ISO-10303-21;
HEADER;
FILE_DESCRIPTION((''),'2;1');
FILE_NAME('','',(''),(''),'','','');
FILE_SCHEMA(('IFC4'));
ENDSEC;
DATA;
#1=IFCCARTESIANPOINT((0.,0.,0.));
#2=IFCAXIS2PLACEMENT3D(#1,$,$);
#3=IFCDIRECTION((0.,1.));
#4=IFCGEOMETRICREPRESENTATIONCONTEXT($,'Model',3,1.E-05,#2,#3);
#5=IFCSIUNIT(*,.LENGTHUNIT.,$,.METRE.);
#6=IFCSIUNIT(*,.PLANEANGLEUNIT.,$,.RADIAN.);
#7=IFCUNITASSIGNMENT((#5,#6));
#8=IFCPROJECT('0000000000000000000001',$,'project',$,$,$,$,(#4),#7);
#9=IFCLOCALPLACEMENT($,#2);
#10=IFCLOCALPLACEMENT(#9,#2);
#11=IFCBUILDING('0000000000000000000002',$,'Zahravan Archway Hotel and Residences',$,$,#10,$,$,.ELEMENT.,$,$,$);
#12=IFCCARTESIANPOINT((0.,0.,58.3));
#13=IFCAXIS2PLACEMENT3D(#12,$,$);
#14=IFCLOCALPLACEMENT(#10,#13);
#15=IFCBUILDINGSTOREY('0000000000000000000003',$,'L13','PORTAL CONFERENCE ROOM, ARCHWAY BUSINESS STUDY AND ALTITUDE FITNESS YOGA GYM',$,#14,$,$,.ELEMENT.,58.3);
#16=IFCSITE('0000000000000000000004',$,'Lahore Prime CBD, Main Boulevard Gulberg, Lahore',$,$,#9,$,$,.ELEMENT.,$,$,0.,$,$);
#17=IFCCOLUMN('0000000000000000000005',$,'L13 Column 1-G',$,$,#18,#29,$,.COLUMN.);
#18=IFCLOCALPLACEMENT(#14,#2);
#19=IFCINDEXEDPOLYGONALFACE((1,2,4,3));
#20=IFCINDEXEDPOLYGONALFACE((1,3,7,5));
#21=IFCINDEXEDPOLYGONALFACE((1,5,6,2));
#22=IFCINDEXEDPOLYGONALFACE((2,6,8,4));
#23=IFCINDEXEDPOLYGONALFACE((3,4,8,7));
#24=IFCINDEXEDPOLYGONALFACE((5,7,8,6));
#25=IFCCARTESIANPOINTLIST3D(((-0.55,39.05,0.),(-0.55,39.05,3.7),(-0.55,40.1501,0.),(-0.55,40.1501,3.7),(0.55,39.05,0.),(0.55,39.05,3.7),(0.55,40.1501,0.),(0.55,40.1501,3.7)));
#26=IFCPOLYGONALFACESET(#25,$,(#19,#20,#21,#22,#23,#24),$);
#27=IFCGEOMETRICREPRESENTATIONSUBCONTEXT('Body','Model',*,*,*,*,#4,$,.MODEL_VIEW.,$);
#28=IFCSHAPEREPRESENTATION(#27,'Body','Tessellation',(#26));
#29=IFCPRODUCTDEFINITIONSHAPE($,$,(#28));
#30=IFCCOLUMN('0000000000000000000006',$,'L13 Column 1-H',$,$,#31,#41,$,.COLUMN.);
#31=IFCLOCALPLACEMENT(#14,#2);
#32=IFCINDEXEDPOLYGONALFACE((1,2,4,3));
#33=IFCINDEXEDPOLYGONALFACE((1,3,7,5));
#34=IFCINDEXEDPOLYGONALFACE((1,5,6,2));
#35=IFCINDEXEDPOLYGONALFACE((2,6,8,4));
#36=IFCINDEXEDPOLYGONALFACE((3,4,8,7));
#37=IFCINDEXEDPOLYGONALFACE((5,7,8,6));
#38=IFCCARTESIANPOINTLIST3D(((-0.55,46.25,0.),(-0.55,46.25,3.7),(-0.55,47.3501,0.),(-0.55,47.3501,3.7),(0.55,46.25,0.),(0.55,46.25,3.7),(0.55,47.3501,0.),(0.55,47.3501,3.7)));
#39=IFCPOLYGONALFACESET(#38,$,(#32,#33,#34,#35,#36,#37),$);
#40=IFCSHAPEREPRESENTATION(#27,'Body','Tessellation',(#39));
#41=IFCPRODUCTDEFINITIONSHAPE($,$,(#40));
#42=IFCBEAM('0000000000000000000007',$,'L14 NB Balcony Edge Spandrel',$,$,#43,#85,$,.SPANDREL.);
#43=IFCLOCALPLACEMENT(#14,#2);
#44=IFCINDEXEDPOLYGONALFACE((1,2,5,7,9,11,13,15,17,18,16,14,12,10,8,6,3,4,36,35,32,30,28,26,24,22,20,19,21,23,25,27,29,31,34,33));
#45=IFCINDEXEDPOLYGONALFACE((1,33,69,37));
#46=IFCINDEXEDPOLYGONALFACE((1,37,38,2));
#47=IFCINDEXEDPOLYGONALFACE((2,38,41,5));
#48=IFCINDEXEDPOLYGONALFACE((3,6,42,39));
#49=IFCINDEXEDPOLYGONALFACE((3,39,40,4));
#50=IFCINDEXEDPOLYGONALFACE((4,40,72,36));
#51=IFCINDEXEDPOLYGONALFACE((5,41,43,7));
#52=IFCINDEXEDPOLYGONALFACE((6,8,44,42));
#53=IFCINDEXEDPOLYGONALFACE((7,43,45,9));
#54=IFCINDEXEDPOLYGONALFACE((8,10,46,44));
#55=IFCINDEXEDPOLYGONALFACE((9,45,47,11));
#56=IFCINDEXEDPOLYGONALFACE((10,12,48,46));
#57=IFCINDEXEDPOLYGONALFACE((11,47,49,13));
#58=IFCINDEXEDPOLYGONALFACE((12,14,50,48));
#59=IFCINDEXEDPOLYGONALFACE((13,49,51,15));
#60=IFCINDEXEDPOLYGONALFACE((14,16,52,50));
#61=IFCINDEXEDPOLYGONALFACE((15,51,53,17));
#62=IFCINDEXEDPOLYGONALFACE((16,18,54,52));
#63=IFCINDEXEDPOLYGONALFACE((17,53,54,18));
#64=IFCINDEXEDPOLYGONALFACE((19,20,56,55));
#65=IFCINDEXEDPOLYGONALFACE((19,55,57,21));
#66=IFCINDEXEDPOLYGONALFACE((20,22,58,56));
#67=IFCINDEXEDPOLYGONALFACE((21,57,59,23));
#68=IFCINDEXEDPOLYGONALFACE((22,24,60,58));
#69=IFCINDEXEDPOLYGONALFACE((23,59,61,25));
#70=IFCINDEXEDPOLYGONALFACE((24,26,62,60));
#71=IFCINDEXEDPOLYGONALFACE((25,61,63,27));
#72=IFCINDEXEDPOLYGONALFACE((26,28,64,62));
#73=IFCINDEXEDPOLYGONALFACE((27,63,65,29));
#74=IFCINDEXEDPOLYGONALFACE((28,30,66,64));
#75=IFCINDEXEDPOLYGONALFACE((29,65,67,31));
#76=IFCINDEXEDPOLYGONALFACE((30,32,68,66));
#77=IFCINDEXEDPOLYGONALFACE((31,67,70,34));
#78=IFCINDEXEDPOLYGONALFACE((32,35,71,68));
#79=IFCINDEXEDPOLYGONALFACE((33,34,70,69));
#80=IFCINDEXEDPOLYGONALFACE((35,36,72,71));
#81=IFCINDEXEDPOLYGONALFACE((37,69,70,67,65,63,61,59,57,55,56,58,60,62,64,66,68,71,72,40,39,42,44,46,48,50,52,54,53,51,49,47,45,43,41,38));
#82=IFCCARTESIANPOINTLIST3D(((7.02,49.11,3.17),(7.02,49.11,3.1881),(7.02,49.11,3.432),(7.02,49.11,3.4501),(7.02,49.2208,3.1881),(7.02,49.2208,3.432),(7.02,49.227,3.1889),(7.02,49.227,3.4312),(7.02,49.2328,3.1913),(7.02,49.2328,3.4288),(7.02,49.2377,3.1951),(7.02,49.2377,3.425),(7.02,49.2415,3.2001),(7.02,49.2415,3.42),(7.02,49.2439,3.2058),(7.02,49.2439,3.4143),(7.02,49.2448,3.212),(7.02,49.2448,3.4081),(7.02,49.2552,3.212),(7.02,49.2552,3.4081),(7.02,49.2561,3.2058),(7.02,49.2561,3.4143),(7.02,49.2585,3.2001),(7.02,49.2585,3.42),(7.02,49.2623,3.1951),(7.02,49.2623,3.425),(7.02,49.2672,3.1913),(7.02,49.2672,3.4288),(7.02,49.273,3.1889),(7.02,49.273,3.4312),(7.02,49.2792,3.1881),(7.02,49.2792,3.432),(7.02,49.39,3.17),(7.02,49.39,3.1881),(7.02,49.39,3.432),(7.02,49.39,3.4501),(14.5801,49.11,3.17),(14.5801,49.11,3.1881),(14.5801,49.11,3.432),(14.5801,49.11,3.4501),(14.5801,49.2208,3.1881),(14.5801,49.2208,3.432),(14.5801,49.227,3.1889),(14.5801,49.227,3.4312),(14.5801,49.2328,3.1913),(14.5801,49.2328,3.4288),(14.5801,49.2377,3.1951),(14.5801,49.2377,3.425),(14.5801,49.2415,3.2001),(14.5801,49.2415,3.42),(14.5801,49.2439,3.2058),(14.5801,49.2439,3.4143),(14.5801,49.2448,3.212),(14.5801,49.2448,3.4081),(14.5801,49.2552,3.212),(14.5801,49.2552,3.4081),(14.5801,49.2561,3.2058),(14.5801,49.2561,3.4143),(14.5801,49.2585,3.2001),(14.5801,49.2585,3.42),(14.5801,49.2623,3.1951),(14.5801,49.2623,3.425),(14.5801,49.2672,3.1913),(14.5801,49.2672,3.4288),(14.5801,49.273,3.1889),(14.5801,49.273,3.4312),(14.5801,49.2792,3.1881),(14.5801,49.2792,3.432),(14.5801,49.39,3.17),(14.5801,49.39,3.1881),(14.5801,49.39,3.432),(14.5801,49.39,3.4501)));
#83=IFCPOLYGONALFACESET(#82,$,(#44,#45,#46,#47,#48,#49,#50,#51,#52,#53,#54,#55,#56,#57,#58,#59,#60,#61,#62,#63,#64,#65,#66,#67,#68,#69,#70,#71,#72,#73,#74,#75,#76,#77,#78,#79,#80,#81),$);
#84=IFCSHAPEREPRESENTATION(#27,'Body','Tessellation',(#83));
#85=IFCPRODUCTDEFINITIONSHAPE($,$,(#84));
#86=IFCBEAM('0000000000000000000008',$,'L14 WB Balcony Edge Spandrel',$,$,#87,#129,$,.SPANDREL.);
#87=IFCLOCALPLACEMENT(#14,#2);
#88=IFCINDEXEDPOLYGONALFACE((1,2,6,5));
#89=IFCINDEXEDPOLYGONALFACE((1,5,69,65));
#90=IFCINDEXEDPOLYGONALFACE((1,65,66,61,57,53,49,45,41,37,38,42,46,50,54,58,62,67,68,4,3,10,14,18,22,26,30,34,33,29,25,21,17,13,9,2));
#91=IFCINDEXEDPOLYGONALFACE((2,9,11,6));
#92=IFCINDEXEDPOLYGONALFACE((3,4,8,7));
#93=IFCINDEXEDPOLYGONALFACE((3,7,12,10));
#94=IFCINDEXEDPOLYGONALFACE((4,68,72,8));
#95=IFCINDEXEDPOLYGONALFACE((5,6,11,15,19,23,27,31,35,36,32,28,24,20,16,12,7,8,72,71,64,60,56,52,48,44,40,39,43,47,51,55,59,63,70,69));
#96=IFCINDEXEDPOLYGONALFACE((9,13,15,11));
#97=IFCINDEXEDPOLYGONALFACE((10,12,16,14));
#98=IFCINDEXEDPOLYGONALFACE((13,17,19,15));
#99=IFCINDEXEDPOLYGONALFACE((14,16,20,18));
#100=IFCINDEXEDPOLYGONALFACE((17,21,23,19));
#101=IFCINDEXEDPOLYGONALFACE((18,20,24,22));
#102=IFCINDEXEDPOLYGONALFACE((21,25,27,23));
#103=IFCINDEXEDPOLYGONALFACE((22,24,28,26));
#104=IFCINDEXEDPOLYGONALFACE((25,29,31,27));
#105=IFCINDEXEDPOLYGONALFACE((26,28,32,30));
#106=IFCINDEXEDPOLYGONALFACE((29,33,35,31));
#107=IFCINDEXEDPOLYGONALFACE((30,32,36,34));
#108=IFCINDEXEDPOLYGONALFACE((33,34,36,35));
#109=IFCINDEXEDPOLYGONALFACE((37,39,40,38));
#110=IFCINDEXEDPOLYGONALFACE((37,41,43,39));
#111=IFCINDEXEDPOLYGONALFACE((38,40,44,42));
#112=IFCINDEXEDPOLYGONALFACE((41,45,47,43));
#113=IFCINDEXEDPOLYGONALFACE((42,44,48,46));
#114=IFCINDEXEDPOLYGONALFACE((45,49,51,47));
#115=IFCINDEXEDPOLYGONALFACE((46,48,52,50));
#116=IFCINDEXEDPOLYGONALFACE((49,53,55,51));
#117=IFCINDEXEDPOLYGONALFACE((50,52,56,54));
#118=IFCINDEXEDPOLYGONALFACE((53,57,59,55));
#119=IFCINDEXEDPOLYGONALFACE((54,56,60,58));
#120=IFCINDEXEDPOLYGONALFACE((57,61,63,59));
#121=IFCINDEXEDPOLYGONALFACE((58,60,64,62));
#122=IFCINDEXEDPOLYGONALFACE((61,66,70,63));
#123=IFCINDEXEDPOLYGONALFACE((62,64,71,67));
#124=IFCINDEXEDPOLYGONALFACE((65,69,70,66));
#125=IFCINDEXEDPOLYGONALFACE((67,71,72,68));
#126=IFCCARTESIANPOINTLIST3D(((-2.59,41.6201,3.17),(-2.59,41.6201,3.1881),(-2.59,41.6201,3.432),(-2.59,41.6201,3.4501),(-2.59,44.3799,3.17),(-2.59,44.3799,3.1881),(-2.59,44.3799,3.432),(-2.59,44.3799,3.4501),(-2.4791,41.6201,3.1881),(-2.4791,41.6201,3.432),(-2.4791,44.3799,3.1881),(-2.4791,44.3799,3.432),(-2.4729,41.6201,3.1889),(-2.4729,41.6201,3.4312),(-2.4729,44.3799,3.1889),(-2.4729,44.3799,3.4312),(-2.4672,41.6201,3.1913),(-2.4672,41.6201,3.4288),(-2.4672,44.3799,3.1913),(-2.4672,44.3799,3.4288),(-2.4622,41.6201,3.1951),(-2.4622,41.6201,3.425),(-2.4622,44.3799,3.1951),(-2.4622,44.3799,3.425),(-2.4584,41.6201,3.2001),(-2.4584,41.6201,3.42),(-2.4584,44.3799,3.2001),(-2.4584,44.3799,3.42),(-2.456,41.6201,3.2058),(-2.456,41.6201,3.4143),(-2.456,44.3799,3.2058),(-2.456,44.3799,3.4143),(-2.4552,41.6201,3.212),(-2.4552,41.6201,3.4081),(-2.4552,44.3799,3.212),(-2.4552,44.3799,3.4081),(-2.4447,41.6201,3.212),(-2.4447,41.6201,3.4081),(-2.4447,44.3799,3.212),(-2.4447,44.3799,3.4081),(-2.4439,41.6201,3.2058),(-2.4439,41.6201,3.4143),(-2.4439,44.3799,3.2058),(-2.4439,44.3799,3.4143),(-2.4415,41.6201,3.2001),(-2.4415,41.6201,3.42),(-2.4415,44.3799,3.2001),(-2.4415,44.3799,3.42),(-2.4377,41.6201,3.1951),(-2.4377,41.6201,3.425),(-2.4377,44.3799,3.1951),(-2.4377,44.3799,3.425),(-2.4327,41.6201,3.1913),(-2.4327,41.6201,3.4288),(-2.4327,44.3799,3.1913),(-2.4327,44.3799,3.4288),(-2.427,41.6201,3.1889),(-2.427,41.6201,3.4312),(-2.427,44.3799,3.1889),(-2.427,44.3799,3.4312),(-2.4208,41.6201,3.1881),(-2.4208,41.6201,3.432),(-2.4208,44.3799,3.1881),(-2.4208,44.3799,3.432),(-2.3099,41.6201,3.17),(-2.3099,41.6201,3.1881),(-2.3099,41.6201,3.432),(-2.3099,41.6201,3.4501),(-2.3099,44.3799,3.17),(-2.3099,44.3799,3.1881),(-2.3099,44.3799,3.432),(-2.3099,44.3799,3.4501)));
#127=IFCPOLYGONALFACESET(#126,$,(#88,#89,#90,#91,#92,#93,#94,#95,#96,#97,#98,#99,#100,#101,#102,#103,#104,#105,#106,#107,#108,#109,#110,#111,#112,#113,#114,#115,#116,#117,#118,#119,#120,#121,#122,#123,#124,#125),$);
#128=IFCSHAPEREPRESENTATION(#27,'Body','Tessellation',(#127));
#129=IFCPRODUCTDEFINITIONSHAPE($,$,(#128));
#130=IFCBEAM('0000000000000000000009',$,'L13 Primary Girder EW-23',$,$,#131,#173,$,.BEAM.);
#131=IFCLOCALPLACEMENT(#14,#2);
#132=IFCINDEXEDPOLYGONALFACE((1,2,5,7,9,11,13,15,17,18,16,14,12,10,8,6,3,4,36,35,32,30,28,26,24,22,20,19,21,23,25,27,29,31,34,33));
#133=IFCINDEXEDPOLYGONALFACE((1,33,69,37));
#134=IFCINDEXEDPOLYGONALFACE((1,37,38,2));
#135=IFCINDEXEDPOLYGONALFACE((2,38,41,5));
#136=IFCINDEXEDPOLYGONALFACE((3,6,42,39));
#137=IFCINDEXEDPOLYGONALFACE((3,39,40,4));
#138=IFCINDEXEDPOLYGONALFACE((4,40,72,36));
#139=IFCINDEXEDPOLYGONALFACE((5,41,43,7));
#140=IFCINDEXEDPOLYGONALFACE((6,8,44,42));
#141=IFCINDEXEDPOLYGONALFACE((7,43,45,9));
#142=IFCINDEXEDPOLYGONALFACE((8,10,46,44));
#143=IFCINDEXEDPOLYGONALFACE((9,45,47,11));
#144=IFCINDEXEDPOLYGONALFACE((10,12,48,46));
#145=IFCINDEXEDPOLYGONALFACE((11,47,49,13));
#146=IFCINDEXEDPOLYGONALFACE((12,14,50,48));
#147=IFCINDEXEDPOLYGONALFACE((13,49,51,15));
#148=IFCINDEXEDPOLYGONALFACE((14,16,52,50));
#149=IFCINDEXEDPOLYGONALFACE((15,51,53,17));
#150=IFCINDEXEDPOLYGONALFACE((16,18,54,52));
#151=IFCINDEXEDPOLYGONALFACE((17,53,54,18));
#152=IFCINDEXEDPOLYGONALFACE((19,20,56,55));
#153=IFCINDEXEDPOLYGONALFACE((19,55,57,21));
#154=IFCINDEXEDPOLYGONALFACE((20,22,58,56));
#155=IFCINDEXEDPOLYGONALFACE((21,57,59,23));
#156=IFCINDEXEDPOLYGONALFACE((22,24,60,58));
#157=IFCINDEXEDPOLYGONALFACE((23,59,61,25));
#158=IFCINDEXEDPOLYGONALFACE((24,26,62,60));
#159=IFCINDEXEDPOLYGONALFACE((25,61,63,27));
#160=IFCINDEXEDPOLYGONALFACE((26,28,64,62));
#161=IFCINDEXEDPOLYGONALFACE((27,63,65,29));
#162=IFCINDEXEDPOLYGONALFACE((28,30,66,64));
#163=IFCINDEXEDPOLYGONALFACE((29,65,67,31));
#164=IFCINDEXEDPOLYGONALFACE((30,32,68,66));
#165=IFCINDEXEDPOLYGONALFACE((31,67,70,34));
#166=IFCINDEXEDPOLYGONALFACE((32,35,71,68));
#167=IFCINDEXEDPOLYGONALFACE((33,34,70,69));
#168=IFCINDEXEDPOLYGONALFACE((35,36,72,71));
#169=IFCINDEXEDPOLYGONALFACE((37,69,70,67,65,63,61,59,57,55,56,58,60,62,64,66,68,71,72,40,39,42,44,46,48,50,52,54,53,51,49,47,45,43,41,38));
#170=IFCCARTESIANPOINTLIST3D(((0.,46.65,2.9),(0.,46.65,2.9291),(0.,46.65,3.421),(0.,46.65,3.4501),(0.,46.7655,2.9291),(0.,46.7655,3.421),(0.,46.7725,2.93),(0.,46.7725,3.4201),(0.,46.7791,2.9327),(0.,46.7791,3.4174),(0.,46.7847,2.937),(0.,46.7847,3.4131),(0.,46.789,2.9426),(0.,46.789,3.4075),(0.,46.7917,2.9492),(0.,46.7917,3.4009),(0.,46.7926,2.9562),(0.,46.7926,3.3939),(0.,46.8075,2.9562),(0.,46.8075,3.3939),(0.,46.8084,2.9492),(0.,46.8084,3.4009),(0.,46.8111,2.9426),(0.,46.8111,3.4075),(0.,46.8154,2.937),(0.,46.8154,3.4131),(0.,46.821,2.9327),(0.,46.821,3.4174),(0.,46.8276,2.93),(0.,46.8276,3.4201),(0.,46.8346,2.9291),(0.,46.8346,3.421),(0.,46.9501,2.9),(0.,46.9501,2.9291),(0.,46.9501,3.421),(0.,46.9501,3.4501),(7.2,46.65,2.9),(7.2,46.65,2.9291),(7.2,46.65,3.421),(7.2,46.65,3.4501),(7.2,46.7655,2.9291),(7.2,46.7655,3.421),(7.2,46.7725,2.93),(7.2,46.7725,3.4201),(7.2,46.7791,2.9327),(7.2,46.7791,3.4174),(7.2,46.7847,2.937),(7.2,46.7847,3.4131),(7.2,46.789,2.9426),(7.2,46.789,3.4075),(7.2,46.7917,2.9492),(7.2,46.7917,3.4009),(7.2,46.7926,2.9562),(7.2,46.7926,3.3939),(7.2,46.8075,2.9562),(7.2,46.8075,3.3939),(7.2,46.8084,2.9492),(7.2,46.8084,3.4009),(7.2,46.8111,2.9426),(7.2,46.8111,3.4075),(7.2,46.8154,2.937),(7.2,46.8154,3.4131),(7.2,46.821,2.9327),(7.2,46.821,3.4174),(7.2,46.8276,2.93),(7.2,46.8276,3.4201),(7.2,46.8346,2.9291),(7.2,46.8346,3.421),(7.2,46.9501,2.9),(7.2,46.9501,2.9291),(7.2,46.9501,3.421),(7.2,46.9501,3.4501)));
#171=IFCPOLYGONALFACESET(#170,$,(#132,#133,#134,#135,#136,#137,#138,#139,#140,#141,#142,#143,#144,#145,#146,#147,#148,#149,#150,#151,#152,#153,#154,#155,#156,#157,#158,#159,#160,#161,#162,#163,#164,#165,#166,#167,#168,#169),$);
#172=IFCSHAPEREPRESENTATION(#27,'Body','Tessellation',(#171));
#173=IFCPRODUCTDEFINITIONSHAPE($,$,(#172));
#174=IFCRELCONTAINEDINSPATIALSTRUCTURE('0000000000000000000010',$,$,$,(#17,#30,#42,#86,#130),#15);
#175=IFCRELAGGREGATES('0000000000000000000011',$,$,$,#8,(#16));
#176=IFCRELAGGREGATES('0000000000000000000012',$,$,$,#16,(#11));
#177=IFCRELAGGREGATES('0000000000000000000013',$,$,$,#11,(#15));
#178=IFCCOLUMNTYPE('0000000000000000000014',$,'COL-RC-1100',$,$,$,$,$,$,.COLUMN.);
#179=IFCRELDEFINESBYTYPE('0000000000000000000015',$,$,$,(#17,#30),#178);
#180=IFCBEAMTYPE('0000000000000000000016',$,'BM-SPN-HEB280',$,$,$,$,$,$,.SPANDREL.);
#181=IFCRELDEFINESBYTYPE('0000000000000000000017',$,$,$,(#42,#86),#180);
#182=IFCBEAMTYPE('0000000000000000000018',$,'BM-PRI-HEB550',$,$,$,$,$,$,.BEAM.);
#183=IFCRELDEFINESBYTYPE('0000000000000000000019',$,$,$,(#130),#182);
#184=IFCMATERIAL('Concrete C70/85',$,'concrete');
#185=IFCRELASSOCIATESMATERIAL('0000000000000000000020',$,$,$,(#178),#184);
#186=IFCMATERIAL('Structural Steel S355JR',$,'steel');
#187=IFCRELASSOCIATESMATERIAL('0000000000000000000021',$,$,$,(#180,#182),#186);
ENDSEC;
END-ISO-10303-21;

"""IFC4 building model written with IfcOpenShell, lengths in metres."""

from ifc_helpers import new_model, si_unit, direction, frame, origin, origin_2d, place, context, subcontext, project, spatial, rectangle, i_section, extrude, source, transform, mapped, material, material_profile, profile_set, type_object, type_shapes, element, save


model = new_model("IFC4")

# Units and contexts
model_context = context("Model", 3, precision=1e-05, world=origin(), true_north=direction((0.0, 1.0)))
body_context = subcontext(model_context, "Body", "Model", "MODEL_VIEW")
ifc_project = project(units=[si_unit("LENGTHUNIT", "METRE"), si_unit("PLANEANGLEUNIT", "RADIAN")], contexts=[model_context])

# Site, building, storey
site_placement = place(None, origin())
site = spatial("IfcSite", under=ifc_project, at=site_placement, Name="Lahore Prime CBD, Main Boulevard Gulberg, Lahore", CompositionType="ELEMENT", RefElevation=0.0)
building_placement = place(site_placement, origin())
building = spatial("IfcBuilding", under=site, at=building_placement, Name="Zahravan Archway Hotel and Residences", CompositionType="ELEMENT")
storey_placement = place(building_placement, frame((0.0, 0.0, 58.3)))
storey = spatial("IfcBuildingStorey", under=building, at=storey_placement, Name="L13", Description="PORTAL CONFERENCE ROOM, ARCHWAY BUSINESS STUDY AND ALTITUDE FITNESS YOGA GYM", CompositionType="ELEMENT", Elevation=58.3)

# Columns
ifc_material_1 = material(Name="Concrete C70/85", Category="concrete")
ifc_material_profile_1 = material_profile(ifc_material_1, rectangle(XDim=1.1001, YDim=1.1001, at=origin_2d()), Name="RC 1100x1100", Category="concrete")
ifc_profile_set_1 = profile_set([ifc_material_profile_1], Name="Concrete C70/85")
column_type = type_object("IfcColumnType", Name="COL-RC-1100", PredefinedType="COLUMN", material=ifc_profile_set_1)
shared_shape_1 = source(origin(), body_context, "Body", "SweptSolid", [
    extrude(rectangle(XDim=1.1001, YDim=1.1001, at=origin_2d()), origin(), (0.0, 0.0, 1.0), 3.7),
])
for number, where, z_axis, x_axis, name in (
    (1, (0.0, 39.6001, 0.0), (0.0, 0.0, 1.0), (1.0, 0.0, 0.0), "L13 Column 1-G"),
    (2, (0.0, 46.8, 0.0), (0.0, 0.0, 1.0), (1.0, 0.0, 0.0), "L13 Column 1-H"),
):
    element("IfcColumn", number, at=place(storey_placement, frame(where, z_axis=z_axis, x_axis=x_axis)), inside=storey, type_object=column_type, Name=name, PredefinedType="COLUMN", context=body_context, shape_type="MappedRepresentation", body=[
        mapped(shared_shape_1, transform((0.0, 0.0, 0.0), scale=1.0)),
    ])

# Beams
ifc_material_2 = material(Name="Structural Steel S355JR", Category="steel")
ifc_material_profile_2 = material_profile(ifc_material_2, i_section(OverallWidth=0.28, OverallDepth=0.28, WebThickness=0.0105, FlangeThickness=0.0181, FilletRadius=0.0239, at=origin_2d()), Name="HEB 280", Category="steel")
ifc_profile_set_2 = profile_set([ifc_material_profile_2], Name="Structural Steel S355JR")
beam_type_1 = type_object("IfcBeamType", Name="BM-SPN-HEB280", PredefinedType="SPANDREL", material=ifc_profile_set_2)
shared_shape_2 = source(origin(), body_context, "Body", "SweptSolid", [
    extrude(i_section(OverallWidth=0.28, OverallDepth=0.28, WebThickness=0.0105, FlangeThickness=0.0181, FilletRadius=0.0239, at=origin_2d()), origin(), (0.0, 0.0, 1.0), 7.5601),
])
type_shapes(beam_type_1, [shared_shape_2])
beam_1_placement = place(storey_placement, frame((7.02, 49.25, 3.3101), z_axis=(1.0, 0.0, 0.0), x_axis=(0.0, 1.0, 0.0)))
element("IfcBeam", 3, at=beam_1_placement, inside=storey, type_object=beam_type_1, Name="L14 NB Balcony Edge Spandrel", PredefinedType="SPANDREL", context=body_context, shape_type="MappedRepresentation", body=[
    mapped(shared_shape_2, transform((0.0, 0.0, 0.0), scale=1.0)),
])
shared_shape_3 = source(origin(), body_context, "Body", "SweptSolid", [
    extrude(i_section(OverallWidth=0.28, OverallDepth=0.28, WebThickness=0.0105, FlangeThickness=0.0181, FilletRadius=0.0239, at=origin_2d()), origin(), (0.0, 0.0, 1.0), 2.7598),
])
beam_2_placement = place(storey_placement, frame((-2.45, 41.6201, 3.3101), z_axis=(0.0, 1.0, 0.0), x_axis=(-1.0, 0.0, 0.0)))
element("IfcBeam", 4, at=beam_2_placement, inside=storey, type_object=beam_type_1, Name="L14 WB Balcony Edge Spandrel", PredefinedType="SPANDREL", context=body_context, shape_type="MappedRepresentation", body=[
    mapped(shared_shape_3, transform((0.0, 0.0, 0.0), scale=1.0)),
])
ifc_material_profile_3 = material_profile(ifc_material_2, i_section(OverallWidth=0.3, OverallDepth=0.55, WebThickness=0.0149, FlangeThickness=0.0291, FilletRadius=0.0271, at=origin_2d()), Name="HEB 550", Category="steel")
ifc_profile_set_3 = profile_set([ifc_material_profile_3], Name="Structural Steel S355JR")
beam_type_2 = type_object("IfcBeamType", Name="BM-PRI-HEB550", PredefinedType="BEAM", material=ifc_profile_set_3)
shared_shape_4 = source(origin(), body_context, "Body", "SweptSolid", [
    extrude(i_section(OverallWidth=0.3, OverallDepth=0.55, WebThickness=0.0149, FlangeThickness=0.0291, FilletRadius=0.0271, at=origin_2d()), origin(), (0.0, 0.0, 1.0), 7.2),
])
for number, where, z_axis, x_axis, name in (
    (5, (0.0, 46.8, 3.175), (1.0, 0.0, 0.0), (0.0, 1.0, 0.0), "L13 Primary Girder EW-23"),
):
    element("IfcBeam", number, at=place(storey_placement, frame(where, z_axis=z_axis, x_axis=x_axis)), inside=storey, type_object=beam_type_2, Name=name, PredefinedType="BEAM", context=body_context, shape_type="MappedRepresentation", body=[
        mapped(shared_shape_4, transform((0.0, 0.0, 0.0), scale=1.0)),
    ])

save(model, "model.ifc")
